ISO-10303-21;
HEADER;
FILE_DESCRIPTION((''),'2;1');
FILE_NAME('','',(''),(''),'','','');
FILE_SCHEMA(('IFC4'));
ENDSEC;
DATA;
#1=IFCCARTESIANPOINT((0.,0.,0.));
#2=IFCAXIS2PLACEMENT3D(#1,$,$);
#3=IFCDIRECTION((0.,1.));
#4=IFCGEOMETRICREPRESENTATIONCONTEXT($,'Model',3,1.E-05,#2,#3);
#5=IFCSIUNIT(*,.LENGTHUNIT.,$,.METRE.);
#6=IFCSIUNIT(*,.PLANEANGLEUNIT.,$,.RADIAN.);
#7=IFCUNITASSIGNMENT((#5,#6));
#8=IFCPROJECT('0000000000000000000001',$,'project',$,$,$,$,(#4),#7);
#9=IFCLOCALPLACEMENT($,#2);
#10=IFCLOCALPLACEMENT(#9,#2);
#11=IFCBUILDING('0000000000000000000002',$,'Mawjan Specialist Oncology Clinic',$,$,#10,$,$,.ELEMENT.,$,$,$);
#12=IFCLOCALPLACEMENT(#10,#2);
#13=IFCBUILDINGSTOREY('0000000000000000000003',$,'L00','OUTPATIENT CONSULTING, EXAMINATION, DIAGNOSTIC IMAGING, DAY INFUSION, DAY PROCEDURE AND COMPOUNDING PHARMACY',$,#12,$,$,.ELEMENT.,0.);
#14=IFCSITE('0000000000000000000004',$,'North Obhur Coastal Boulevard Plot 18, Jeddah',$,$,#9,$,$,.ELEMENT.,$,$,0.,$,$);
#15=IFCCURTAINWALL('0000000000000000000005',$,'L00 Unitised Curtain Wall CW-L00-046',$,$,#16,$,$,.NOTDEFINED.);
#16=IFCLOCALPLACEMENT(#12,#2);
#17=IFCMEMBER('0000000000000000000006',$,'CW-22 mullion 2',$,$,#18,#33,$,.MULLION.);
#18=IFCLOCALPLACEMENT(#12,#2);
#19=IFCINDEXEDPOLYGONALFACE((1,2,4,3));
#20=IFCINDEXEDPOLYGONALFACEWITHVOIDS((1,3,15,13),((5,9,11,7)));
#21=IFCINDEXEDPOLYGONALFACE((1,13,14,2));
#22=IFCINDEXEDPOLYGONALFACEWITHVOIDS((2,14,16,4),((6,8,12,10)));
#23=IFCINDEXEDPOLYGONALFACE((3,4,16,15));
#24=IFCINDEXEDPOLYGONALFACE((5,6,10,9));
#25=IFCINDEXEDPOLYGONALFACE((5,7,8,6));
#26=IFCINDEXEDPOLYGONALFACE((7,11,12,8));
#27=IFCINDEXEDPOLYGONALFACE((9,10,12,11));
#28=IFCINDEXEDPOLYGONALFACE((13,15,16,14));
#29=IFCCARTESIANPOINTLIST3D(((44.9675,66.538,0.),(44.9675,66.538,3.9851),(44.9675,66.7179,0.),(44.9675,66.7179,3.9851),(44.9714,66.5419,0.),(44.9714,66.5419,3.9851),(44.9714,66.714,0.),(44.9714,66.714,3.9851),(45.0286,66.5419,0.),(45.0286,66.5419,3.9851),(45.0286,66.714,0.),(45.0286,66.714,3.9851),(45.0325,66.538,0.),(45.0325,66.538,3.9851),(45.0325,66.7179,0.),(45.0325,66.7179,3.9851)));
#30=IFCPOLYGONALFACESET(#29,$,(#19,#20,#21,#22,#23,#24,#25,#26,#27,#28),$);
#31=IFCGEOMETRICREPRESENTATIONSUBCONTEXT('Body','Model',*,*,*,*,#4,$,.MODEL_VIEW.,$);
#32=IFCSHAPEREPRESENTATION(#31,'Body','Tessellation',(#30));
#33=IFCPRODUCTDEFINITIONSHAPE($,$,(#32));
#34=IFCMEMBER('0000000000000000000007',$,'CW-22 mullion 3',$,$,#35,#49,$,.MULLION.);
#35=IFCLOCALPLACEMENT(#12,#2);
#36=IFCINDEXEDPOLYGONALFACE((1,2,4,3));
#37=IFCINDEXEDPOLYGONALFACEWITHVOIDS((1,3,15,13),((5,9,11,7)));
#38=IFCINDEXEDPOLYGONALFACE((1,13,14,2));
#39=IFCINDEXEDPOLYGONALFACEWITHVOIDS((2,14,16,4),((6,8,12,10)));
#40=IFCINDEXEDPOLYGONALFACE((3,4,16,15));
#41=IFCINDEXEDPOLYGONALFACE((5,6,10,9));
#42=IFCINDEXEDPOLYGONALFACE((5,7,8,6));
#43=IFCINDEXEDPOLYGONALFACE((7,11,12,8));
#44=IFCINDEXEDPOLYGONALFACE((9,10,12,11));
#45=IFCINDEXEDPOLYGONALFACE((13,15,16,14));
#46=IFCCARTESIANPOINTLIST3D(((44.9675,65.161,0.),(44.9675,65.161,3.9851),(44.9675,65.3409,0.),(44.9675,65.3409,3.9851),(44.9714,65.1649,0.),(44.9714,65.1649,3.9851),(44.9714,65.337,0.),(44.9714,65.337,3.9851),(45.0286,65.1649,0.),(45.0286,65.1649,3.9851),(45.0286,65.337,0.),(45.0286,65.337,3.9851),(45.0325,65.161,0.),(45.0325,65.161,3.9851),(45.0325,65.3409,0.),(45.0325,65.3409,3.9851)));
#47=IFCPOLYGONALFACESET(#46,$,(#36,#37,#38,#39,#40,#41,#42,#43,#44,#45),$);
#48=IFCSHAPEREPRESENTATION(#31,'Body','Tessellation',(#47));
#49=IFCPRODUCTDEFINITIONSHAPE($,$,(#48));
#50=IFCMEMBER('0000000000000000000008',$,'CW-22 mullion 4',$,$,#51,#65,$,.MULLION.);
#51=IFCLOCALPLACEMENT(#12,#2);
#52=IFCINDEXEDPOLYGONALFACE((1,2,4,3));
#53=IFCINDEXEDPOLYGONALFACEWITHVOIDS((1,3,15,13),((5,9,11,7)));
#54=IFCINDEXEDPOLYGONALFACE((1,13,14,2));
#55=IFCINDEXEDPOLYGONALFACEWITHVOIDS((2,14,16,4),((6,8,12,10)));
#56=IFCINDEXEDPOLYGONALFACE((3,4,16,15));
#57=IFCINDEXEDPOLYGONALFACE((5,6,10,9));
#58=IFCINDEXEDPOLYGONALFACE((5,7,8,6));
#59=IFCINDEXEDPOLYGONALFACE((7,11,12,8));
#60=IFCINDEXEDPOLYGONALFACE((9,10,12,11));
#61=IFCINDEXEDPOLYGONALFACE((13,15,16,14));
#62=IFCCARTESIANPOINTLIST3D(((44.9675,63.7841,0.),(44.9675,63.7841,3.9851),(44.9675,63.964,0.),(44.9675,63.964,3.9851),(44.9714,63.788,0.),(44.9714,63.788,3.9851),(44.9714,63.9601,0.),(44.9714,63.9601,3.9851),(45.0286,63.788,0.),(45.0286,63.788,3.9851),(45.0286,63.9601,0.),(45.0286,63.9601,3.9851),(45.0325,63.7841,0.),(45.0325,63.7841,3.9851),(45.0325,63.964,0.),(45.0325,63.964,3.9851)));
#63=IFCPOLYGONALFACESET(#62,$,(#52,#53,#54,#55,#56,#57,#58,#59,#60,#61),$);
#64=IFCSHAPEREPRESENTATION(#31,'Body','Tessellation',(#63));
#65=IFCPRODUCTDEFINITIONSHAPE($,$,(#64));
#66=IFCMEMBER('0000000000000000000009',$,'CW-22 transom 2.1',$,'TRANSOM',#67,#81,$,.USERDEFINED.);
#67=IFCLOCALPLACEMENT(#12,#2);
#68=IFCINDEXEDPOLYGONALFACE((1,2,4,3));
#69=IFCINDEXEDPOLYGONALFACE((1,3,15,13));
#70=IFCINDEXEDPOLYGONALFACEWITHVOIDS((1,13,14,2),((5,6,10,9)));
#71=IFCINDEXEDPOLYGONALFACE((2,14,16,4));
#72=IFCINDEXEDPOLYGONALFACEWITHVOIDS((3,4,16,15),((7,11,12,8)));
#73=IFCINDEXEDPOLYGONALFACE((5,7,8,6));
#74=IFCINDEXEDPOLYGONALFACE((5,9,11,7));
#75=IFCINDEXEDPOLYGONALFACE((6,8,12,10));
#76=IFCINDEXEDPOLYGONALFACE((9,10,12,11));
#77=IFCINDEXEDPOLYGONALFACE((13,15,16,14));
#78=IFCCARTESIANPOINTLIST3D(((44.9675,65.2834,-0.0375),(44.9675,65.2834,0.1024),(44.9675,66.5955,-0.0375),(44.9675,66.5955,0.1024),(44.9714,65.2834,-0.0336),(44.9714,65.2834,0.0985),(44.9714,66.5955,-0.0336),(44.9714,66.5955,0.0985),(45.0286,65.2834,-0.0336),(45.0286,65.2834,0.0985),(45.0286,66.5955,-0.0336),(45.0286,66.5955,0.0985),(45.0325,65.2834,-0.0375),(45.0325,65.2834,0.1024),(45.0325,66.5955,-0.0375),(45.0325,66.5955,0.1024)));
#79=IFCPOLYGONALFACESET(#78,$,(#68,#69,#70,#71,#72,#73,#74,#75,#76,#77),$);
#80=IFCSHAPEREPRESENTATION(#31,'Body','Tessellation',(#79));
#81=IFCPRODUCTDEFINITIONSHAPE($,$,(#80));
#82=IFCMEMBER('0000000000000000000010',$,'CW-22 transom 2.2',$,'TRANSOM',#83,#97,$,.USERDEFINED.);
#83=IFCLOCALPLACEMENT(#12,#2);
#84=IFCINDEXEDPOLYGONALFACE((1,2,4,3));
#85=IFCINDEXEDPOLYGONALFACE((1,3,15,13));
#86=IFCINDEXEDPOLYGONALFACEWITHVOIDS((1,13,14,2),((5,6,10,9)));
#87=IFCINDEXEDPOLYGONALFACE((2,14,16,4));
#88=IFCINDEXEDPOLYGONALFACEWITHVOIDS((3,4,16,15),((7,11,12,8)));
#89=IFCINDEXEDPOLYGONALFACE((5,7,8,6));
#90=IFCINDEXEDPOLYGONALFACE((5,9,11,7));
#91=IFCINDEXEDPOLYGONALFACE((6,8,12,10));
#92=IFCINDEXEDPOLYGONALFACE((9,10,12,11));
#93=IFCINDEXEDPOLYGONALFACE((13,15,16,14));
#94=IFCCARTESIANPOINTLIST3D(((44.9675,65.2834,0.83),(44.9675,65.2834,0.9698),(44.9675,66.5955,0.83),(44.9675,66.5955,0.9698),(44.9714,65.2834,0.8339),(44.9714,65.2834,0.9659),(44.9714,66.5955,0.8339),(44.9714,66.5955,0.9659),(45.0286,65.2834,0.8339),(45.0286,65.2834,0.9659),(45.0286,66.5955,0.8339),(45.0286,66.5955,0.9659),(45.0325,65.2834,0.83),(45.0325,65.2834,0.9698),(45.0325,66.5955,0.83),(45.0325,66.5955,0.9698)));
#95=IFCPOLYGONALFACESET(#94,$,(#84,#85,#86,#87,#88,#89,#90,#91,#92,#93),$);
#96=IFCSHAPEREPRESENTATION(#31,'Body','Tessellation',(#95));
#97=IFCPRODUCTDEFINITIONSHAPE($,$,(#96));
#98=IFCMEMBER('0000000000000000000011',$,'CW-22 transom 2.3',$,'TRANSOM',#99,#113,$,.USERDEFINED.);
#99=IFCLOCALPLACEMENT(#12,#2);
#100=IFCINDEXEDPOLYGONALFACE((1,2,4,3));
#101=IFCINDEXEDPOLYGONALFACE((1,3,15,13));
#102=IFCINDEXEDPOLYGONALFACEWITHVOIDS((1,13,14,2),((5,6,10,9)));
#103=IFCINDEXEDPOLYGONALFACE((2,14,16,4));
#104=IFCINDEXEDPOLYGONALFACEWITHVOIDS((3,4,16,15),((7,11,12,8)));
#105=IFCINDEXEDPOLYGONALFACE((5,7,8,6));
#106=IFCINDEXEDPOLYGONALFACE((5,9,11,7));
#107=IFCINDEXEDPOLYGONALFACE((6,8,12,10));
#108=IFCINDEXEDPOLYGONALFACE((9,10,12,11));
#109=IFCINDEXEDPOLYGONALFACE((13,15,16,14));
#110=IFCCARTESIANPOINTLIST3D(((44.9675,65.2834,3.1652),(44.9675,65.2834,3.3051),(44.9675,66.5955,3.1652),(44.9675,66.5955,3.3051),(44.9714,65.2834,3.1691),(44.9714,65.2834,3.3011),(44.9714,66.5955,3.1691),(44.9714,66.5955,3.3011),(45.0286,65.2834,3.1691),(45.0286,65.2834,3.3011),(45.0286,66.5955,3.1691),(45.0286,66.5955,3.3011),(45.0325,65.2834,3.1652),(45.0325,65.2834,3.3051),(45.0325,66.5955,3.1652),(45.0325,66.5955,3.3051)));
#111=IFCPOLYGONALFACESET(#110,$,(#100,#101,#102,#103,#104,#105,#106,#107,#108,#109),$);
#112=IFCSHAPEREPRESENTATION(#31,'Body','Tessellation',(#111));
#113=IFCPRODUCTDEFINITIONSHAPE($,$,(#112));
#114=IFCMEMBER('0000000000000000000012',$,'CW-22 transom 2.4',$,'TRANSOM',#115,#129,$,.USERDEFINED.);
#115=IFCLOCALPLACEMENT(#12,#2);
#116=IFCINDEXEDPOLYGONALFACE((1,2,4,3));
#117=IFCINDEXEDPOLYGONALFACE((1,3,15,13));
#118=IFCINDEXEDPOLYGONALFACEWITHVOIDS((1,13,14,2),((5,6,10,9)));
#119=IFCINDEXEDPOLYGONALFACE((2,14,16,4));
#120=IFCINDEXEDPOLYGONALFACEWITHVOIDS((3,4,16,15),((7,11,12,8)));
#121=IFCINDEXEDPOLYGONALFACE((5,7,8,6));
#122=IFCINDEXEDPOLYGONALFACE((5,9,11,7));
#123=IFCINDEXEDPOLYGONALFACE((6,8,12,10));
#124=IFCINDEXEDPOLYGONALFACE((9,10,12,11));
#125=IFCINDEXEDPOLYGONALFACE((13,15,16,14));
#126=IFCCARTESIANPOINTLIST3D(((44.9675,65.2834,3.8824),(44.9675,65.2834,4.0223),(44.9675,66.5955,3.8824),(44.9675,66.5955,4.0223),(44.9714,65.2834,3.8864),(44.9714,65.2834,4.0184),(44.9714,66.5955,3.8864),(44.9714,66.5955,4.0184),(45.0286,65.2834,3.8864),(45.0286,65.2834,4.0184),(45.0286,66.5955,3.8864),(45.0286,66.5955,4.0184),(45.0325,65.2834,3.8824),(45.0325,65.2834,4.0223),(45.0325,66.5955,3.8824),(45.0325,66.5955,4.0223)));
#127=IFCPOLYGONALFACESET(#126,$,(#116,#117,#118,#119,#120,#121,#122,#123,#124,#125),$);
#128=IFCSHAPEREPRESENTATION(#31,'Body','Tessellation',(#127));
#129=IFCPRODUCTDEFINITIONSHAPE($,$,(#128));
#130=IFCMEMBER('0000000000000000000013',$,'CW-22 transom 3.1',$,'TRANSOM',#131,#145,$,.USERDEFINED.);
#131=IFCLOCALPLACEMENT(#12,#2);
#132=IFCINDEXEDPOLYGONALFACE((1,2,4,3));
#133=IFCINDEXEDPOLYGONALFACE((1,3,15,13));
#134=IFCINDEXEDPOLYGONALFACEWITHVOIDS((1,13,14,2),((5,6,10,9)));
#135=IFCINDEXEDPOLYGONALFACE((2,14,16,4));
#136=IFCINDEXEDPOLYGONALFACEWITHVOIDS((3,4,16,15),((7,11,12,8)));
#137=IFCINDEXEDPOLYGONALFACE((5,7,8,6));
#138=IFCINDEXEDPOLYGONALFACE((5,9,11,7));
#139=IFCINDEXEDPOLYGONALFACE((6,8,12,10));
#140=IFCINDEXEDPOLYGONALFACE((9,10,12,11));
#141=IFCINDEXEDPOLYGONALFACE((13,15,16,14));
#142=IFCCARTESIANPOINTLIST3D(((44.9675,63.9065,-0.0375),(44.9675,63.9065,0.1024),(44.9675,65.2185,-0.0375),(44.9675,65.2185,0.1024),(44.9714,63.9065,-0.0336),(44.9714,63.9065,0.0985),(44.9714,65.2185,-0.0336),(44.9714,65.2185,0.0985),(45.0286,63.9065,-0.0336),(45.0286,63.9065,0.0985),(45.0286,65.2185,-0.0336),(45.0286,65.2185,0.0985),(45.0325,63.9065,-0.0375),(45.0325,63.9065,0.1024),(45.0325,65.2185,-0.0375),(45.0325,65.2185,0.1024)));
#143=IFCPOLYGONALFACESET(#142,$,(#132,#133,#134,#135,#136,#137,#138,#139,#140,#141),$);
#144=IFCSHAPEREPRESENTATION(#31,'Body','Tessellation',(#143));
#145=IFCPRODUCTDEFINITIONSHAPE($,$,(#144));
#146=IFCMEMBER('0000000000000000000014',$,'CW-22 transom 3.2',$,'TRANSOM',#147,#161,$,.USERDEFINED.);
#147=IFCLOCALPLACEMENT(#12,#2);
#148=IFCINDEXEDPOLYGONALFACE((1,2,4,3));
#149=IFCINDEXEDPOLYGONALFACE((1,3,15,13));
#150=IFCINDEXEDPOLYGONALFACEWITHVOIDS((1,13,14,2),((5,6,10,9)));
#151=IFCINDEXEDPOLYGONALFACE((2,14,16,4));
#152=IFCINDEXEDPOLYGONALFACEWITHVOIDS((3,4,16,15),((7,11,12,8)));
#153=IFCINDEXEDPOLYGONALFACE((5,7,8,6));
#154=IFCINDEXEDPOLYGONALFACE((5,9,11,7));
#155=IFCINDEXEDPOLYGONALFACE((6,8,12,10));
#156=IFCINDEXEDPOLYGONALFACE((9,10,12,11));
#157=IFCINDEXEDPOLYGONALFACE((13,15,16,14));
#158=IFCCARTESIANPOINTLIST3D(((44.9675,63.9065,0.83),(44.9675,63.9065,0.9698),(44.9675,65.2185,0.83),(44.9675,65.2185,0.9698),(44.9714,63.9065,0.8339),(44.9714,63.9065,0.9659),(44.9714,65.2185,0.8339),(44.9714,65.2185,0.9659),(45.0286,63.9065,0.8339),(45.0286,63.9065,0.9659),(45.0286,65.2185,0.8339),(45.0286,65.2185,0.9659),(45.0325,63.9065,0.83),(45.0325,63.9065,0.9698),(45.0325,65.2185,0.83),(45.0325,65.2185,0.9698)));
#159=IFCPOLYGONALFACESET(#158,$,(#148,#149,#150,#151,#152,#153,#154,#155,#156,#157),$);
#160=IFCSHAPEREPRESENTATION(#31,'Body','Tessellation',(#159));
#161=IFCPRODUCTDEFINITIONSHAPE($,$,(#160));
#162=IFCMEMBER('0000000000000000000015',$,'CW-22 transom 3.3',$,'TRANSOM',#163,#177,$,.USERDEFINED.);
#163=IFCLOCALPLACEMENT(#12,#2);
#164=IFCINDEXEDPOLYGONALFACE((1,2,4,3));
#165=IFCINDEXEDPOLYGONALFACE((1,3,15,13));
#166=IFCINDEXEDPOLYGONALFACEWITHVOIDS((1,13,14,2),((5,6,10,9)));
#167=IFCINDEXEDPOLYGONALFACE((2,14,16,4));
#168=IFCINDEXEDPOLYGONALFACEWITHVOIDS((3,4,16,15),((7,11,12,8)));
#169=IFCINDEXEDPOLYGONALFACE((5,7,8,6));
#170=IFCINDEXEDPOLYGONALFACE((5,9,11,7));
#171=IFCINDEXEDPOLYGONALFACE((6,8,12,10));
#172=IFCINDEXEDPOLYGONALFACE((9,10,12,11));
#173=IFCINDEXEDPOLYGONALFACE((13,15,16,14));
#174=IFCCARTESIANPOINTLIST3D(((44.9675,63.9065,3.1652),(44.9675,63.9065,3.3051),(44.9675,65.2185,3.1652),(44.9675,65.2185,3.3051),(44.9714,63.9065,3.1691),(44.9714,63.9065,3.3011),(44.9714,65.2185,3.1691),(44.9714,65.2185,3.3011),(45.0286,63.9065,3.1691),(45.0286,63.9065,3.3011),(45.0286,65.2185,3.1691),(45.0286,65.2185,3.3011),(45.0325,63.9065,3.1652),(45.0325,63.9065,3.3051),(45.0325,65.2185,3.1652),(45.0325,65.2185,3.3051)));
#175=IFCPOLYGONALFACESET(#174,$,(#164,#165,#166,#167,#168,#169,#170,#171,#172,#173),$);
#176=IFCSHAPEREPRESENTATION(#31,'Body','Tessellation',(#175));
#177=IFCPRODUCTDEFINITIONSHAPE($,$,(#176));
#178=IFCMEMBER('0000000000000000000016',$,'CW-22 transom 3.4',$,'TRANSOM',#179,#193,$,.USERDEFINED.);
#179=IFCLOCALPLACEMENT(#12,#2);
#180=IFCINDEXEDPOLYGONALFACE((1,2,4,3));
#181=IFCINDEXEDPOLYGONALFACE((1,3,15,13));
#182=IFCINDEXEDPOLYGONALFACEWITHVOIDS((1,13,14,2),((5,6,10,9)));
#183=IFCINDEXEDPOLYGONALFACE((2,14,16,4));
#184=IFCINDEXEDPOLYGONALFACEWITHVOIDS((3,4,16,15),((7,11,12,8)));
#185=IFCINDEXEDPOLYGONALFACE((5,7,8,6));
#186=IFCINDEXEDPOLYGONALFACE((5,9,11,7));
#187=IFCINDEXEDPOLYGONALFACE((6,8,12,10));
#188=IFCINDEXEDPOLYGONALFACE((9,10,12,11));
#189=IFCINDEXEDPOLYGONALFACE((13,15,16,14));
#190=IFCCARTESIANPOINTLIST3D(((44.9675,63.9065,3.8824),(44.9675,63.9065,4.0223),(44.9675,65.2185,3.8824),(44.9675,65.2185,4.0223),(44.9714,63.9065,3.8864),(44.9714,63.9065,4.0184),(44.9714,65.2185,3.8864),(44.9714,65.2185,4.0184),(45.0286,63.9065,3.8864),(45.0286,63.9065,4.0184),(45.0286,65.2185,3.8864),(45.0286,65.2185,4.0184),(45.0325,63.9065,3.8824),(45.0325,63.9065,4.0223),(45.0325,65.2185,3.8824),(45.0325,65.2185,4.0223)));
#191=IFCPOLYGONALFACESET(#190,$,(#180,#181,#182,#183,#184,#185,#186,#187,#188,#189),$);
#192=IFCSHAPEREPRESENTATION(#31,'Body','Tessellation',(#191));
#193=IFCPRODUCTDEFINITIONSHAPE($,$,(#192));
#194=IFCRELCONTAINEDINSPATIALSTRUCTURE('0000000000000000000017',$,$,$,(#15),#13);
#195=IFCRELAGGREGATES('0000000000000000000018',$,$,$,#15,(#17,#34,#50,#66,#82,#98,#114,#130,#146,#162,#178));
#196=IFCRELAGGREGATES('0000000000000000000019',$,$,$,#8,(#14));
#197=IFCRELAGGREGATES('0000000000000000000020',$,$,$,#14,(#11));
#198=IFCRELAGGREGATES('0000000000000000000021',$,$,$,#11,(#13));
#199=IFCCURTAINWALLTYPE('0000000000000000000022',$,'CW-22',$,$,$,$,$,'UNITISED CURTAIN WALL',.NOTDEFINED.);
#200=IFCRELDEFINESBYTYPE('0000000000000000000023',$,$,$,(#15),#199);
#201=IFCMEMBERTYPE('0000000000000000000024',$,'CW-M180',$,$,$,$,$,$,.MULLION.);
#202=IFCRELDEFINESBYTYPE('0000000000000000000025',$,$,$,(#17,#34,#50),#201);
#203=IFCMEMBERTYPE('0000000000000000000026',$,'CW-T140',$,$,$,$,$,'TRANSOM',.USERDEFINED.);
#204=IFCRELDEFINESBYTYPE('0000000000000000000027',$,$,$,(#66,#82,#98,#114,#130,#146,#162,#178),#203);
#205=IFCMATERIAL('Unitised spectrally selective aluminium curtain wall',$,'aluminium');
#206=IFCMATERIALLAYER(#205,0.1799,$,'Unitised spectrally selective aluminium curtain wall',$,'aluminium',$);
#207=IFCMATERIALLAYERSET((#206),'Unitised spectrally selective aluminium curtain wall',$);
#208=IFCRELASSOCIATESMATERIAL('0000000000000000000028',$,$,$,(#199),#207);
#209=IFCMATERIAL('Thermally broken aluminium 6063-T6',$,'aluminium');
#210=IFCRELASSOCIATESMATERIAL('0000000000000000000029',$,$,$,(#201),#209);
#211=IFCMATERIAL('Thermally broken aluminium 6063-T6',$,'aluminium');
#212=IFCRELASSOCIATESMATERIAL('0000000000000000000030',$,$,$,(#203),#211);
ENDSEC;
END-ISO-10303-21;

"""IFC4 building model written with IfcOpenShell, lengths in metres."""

from ifc_helpers import new_model, si_unit, direction, frame, origin, origin_2d, place, context, subcontext, project, spatial, hollow_rectangle, extrude, material, layer, layer_set, material_profile, profile_set, type_object, element, aggregate, save


model = new_model("IFC4")

# Units and contexts
model_context = context("Model", 3, precision=1e-05, world=origin(), true_north=direction((0.0, 1.0)))
body_context = subcontext(model_context, "Body", "Model", "MODEL_VIEW")
ifc_project = project(units=[si_unit("LENGTHUNIT", "METRE"), si_unit("PLANEANGLEUNIT", "RADIAN")], contexts=[model_context])

# Site, building, storey
site_placement = place(None, origin())
site = spatial("IfcSite", under=ifc_project, at=site_placement, Name="North Obhur Coastal Boulevard Plot 18, Jeddah", CompositionType="ELEMENT", RefElevation=0.0)
building_placement = place(site_placement, origin())
building = spatial("IfcBuilding", under=site, at=building_placement, Name="Mawjan Specialist Oncology Clinic", CompositionType="ELEMENT")
storey_placement = place(building_placement, origin())
storey = spatial("IfcBuildingStorey", under=building, at=storey_placement, Name="L00", Description="OUTPATIENT CONSULTING, EXAMINATION, DIAGNOSTIC IMAGING, DAY INFUSION, DAY PROCEDURE AND COMPOUNDING PHARMACY", CompositionType="ELEMENT", Elevation=0.0)

# Curtain wall, members
ifc_material_1 = material(Name="Unitised spectrally selective aluminium curtain wall", Category="aluminium")
ifc_layer_1 = layer(ifc_material_1, 0.1799, Name="Unitised spectrally selective aluminium curtain wall", Category="aluminium")
ifc_layer_set_1 = layer_set([ifc_layer_1], Name="Unitised spectrally selective aluminium curtain wall")
curtain_wall_type = type_object("IfcCurtainWallType", Name="CW-22", ElementType="UNITISED CURTAIN WALL", PredefinedType="NOTDEFINED", material=ifc_layer_set_1)
curtain_wall_placement = place(storey_placement, origin())
curtain_wall = element("IfcCurtainWall", 1, at=curtain_wall_placement, inside=storey, type_object=curtain_wall_type, Name="L00 Unitised Curtain Wall CW-L00-046", PredefinedType="NOTDEFINED")
ifc_material_2 = material(Name="Thermally broken aluminium 6063-T6", Category="aluminium")
ifc_material_profile_1 = material_profile(ifc_material_2, hollow_rectangle(XDim=0.0649, YDim=0.1799, WallThickness=0.0039, at=origin_2d()), Name="ALU MULLION 180x65x4", Category="aluminium")
ifc_profile_set_1 = profile_set([ifc_material_profile_1], Name="Thermally broken aluminium 6063-T6")
member_type_1 = type_object("IfcMemberType", Name="CW-M180", PredefinedType="MULLION", material=ifc_profile_set_1)
member_1_placement = place(storey_placement, frame((45.0, 66.6279, 0.0), z_axis=(0.0, 0.0, 1.0), x_axis=(1.0, 0.0, 0.0)))
member_1 = element("IfcMember", 2, at=member_1_placement, type_object=member_type_1, Name="CW-22 mullion 2", PredefinedType="MULLION", context=body_context, shape_type="SweptSolid", body=[
    extrude(hollow_rectangle(XDim=0.0649, YDim=0.1799, WallThickness=0.0039, at=origin_2d()), origin(), (0.0, 0.0, 1.0), 3.9851),
])
member_2_placement = place(storey_placement, frame((45.0, 65.251, 0.0), z_axis=(0.0, 0.0, 1.0), x_axis=(1.0, 0.0, 0.0)))
member_2 = element("IfcMember", 3, at=member_2_placement, type_object=member_type_1, Name="CW-22 mullion 3", PredefinedType="MULLION", context=body_context, shape_type="SweptSolid", body=[
    extrude(hollow_rectangle(XDim=0.0649, YDim=0.1799, WallThickness=0.0039, at=origin_2d()), origin(), (0.0, 0.0, 1.0), 3.9851),
])
member_3_placement = place(storey_placement, frame((45.0, 63.874, 0.0), z_axis=(0.0, 0.0, 1.0), x_axis=(1.0, 0.0, 0.0)))
member_3 = element("IfcMember", 4, at=member_3_placement, type_object=member_type_1, Name="CW-22 mullion 4", PredefinedType="MULLION", context=body_context, shape_type="SweptSolid", body=[
    extrude(hollow_rectangle(XDim=0.0649, YDim=0.1799, WallThickness=0.0039, at=origin_2d()), origin(), (0.0, 0.0, 1.0), 3.9851),
])
ifc_material_3 = material(Name="Thermally broken aluminium 6063-T6", Category="aluminium")
ifc_material_profile_2 = material_profile(ifc_material_3, hollow_rectangle(XDim=0.0649, YDim=0.1399, WallThickness=0.0039, at=origin_2d()), Name="ALU TRANSOM 140x65x4", Category="aluminium")
ifc_profile_set_2 = profile_set([ifc_material_profile_2], Name="Thermally broken aluminium 6063-T6")
member_type_2 = type_object("IfcMemberType", Name="CW-T140", ElementType="TRANSOM", PredefinedType="USERDEFINED", material=ifc_profile_set_2)
member_4_placement = place(storey_placement, frame((45.0, 66.5955, 0.0325), z_axis=(0.0, -1.0, 0.0), x_axis=(1.0, 0.0, 0.0)))
member_4 = element("IfcMember", 5, at=member_4_placement, type_object=member_type_2, Name="CW-22 transom 2.1", ObjectType="TRANSOM", PredefinedType="USERDEFINED", context=body_context, shape_type="SweptSolid", body=[
    extrude(hollow_rectangle(XDim=0.0649, YDim=0.1399, WallThickness=0.0039, at=origin_2d()), origin(), (0.0, 0.0, 1.0), 1.312),
])
member_5_placement = place(storey_placement, frame((45.0, 66.5955, 0.8999), z_axis=(0.0, -1.0, 0.0), x_axis=(1.0, 0.0, 0.0)))
member_5 = element("IfcMember", 6, at=member_5_placement, type_object=member_type_2, Name="CW-22 transom 2.2", ObjectType="TRANSOM", PredefinedType="USERDEFINED", context=body_context, shape_type="SweptSolid", body=[
    extrude(hollow_rectangle(XDim=0.0649, YDim=0.1399, WallThickness=0.0039, at=origin_2d()), origin(), (0.0, 0.0, 1.0), 1.312),
])
member_6_placement = place(storey_placement, frame((45.0, 66.5955, 3.2351), z_axis=(0.0, -1.0, 0.0), x_axis=(1.0, 0.0, 0.0)))
member_6 = element("IfcMember", 7, at=member_6_placement, type_object=member_type_2, Name="CW-22 transom 2.3", ObjectType="TRANSOM", PredefinedType="USERDEFINED", context=body_context, shape_type="SweptSolid", body=[
    extrude(hollow_rectangle(XDim=0.0649, YDim=0.1399, WallThickness=0.0039, at=origin_2d()), origin(), (0.0, 0.0, 1.0), 1.312),
])
member_7_placement = place(storey_placement, frame((45.0, 66.5955, 3.9524), z_axis=(0.0, -1.0, 0.0), x_axis=(1.0, 0.0, 0.0)))
member_7 = element("IfcMember", 8, at=member_7_placement, type_object=member_type_2, Name="CW-22 transom 2.4", ObjectType="TRANSOM", PredefinedType="USERDEFINED", context=body_context, shape_type="SweptSolid", body=[
    extrude(hollow_rectangle(XDim=0.0649, YDim=0.1399, WallThickness=0.0039, at=origin_2d()), origin(), (0.0, 0.0, 1.0), 1.312),
])
member_8_placement = place(storey_placement, frame((45.0, 65.2185, 0.0325), z_axis=(0.0, -1.0, 0.0), x_axis=(1.0, 0.0, 0.0)))
member_8 = element("IfcMember", 9, at=member_8_placement, type_object=member_type_2, Name="CW-22 transom 3.1", ObjectType="TRANSOM", PredefinedType="USERDEFINED", context=body_context, shape_type="SweptSolid", body=[
    extrude(hollow_rectangle(XDim=0.0649, YDim=0.1399, WallThickness=0.0039, at=origin_2d()), origin(), (0.0, 0.0, 1.0), 1.312),
])
member_9_placement = place(storey_placement, frame((45.0, 65.2185, 0.8999), z_axis=(0.0, -1.0, 0.0), x_axis=(1.0, 0.0, 0.0)))
member_9 = element("IfcMember", 10, at=member_9_placement, type_object=member_type_2, Name="CW-22 transom 3.2", ObjectType="TRANSOM", PredefinedType="USERDEFINED", context=body_context, shape_type="SweptSolid", body=[
    extrude(hollow_rectangle(XDim=0.0649, YDim=0.1399, WallThickness=0.0039, at=origin_2d()), origin(), (0.0, 0.0, 1.0), 1.312),
])
member_10_placement = place(storey_placement, frame((45.0, 65.2185, 3.2351), z_axis=(0.0, -1.0, 0.0), x_axis=(1.0, 0.0, 0.0)))
member_10 = element("IfcMember", 11, at=member_10_placement, type_object=member_type_2, Name="CW-22 transom 3.3", ObjectType="TRANSOM", PredefinedType="USERDEFINED", context=body_context, shape_type="SweptSolid", body=[
    extrude(hollow_rectangle(XDim=0.0649, YDim=0.1399, WallThickness=0.0039, at=origin_2d()), origin(), (0.0, 0.0, 1.0), 1.312),
])
member_11_placement = place(storey_placement, frame((45.0, 65.2185, 3.9524), z_axis=(0.0, -1.0, 0.0), x_axis=(1.0, 0.0, 0.0)))
member_11 = element("IfcMember", 12, at=member_11_placement, type_object=member_type_2, Name="CW-22 transom 3.4", ObjectType="TRANSOM", PredefinedType="USERDEFINED", context=body_context, shape_type="SweptSolid", body=[
    extrude(hollow_rectangle(XDim=0.0649, YDim=0.1399, WallThickness=0.0039, at=origin_2d()), origin(), (0.0, 0.0, 1.0), 1.312),
])
aggregate(curtain_wall, [member_1, member_2, member_3, member_4, member_5, member_6, member_7, member_8, member_9, member_10, member_11])

save(model, "model.ifc")
